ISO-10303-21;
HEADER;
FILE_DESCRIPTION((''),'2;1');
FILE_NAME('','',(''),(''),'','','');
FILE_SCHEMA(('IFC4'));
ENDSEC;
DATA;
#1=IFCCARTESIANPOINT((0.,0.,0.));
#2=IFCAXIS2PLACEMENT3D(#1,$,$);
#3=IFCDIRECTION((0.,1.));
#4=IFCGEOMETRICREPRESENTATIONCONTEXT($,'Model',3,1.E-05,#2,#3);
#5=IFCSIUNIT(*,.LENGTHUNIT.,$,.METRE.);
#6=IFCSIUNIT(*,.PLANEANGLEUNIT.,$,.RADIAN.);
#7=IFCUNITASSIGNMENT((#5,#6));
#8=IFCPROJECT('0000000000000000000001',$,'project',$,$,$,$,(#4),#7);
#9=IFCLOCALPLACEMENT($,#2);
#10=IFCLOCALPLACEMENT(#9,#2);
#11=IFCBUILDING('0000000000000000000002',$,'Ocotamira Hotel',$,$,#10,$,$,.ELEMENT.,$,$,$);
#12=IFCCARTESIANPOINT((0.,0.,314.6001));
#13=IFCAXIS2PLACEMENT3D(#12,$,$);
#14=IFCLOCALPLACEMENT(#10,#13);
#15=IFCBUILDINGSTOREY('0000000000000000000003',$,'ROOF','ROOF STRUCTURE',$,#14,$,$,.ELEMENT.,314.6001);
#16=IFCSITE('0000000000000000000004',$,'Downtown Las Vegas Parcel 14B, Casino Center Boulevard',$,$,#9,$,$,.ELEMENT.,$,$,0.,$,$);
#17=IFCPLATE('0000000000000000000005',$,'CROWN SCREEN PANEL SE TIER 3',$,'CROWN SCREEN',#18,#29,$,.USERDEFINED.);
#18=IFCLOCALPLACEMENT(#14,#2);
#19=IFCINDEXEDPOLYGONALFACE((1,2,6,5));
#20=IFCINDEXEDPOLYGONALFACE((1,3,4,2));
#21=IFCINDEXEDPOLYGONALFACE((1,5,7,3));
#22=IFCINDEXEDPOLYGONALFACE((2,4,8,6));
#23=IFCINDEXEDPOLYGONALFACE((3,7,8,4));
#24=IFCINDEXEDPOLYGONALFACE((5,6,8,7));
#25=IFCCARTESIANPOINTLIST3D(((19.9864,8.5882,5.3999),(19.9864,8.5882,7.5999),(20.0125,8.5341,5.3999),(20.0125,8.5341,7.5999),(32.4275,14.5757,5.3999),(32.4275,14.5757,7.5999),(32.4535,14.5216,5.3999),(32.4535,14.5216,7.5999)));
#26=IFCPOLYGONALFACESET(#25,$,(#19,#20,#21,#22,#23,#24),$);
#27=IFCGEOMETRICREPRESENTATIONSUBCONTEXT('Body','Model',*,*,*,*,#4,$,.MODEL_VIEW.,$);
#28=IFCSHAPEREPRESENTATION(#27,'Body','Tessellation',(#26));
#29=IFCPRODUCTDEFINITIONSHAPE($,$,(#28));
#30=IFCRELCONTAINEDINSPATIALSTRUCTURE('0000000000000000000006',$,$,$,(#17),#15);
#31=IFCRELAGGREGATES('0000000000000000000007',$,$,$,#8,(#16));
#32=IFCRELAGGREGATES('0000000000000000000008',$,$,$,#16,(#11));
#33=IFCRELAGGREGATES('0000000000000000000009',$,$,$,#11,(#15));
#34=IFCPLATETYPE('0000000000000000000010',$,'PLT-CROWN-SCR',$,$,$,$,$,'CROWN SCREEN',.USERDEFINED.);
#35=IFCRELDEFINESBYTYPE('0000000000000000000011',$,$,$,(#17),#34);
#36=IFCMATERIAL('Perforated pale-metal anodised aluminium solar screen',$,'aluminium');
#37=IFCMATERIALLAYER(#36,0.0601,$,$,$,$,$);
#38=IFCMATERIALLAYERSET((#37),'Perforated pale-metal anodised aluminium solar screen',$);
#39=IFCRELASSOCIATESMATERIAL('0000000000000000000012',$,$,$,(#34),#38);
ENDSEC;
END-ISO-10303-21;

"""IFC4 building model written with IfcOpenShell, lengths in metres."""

from ifc_helpers import new_model, si_unit, direction, frame, origin, origin_2d, place, context, subcontext, project, spatial, rectangle, extrude, source, transform, mapped, material, layer, layer_set, type_object, element, save


model = new_model("IFC4")

# Units and contexts
model_context = context("Model", 3, precision=1e-05, world=origin(), true_north=direction((0.0, 1.0)))
body_context = subcontext(model_context, "Body", "Model", "MODEL_VIEW")
ifc_project = project(units=[si_unit("LENGTHUNIT", "METRE"), si_unit("PLANEANGLEUNIT", "RADIAN")], contexts=[model_context])

# Site, building, storey
site_placement = place(None, origin())
site = spatial("IfcSite", under=ifc_project, at=site_placement, Name="Downtown Las Vegas Parcel 14B, Casino Center Boulevard", CompositionType="ELEMENT", RefElevation=0.0)
building_placement = place(site_placement, origin())
building = spatial("IfcBuilding", under=site, at=building_placement, Name="Ocotamira Hotel", CompositionType="ELEMENT")
storey_placement = place(building_placement, frame((0.0, 0.0, 314.6001)))
storey = spatial("IfcBuildingStorey", under=building, at=storey_placement, Name="ROOF", Description="ROOF STRUCTURE", CompositionType="ELEMENT", Elevation=314.6001)

# Plate
ifc_material_1 = material(Name="Perforated pale-metal anodised aluminium solar screen", Category="aluminium")
ifc_layer_1 = layer(ifc_material_1, 0.0601)
ifc_layer_set_1 = layer_set([ifc_layer_1], Name="Perforated pale-metal anodised aluminium solar screen")
plate_type_1 = type_object("IfcPlateType", Name="PLT-CROWN-SCR", ElementType="CROWN SCREEN", PredefinedType="USERDEFINED", material=ifc_layer_set_1)
shared_shape_1 = source(origin(), body_context, "Body", "SweptSolid", [
    extrude(rectangle(XDim=13.8069, YDim=0.0601, at=origin_2d()), origin(), (0.0, 0.0, 1.0), 2.2),
])
for number, where, z_axis, x_axis, name in (
    (1, (26.22, 11.5549, 5.3999), (0.0, 0.0, 1.0), (0.901077, 0.433659, 0.0), "CROWN SCREEN PANEL SE TIER 3"),
):
    element("IfcPlate", number, at=place(storey_placement, frame(where, z_axis=z_axis, x_axis=x_axis)), inside=storey, type_object=plate_type_1, Name=name, ObjectType="CROWN SCREEN", PredefinedType="USERDEFINED", context=body_context, shape_type="MappedRepresentation", body=[
        mapped(shared_shape_1, transform((0.0, 0.0, 0.0), scale=1.0)),
    ])

save(model, "model.ifc")
